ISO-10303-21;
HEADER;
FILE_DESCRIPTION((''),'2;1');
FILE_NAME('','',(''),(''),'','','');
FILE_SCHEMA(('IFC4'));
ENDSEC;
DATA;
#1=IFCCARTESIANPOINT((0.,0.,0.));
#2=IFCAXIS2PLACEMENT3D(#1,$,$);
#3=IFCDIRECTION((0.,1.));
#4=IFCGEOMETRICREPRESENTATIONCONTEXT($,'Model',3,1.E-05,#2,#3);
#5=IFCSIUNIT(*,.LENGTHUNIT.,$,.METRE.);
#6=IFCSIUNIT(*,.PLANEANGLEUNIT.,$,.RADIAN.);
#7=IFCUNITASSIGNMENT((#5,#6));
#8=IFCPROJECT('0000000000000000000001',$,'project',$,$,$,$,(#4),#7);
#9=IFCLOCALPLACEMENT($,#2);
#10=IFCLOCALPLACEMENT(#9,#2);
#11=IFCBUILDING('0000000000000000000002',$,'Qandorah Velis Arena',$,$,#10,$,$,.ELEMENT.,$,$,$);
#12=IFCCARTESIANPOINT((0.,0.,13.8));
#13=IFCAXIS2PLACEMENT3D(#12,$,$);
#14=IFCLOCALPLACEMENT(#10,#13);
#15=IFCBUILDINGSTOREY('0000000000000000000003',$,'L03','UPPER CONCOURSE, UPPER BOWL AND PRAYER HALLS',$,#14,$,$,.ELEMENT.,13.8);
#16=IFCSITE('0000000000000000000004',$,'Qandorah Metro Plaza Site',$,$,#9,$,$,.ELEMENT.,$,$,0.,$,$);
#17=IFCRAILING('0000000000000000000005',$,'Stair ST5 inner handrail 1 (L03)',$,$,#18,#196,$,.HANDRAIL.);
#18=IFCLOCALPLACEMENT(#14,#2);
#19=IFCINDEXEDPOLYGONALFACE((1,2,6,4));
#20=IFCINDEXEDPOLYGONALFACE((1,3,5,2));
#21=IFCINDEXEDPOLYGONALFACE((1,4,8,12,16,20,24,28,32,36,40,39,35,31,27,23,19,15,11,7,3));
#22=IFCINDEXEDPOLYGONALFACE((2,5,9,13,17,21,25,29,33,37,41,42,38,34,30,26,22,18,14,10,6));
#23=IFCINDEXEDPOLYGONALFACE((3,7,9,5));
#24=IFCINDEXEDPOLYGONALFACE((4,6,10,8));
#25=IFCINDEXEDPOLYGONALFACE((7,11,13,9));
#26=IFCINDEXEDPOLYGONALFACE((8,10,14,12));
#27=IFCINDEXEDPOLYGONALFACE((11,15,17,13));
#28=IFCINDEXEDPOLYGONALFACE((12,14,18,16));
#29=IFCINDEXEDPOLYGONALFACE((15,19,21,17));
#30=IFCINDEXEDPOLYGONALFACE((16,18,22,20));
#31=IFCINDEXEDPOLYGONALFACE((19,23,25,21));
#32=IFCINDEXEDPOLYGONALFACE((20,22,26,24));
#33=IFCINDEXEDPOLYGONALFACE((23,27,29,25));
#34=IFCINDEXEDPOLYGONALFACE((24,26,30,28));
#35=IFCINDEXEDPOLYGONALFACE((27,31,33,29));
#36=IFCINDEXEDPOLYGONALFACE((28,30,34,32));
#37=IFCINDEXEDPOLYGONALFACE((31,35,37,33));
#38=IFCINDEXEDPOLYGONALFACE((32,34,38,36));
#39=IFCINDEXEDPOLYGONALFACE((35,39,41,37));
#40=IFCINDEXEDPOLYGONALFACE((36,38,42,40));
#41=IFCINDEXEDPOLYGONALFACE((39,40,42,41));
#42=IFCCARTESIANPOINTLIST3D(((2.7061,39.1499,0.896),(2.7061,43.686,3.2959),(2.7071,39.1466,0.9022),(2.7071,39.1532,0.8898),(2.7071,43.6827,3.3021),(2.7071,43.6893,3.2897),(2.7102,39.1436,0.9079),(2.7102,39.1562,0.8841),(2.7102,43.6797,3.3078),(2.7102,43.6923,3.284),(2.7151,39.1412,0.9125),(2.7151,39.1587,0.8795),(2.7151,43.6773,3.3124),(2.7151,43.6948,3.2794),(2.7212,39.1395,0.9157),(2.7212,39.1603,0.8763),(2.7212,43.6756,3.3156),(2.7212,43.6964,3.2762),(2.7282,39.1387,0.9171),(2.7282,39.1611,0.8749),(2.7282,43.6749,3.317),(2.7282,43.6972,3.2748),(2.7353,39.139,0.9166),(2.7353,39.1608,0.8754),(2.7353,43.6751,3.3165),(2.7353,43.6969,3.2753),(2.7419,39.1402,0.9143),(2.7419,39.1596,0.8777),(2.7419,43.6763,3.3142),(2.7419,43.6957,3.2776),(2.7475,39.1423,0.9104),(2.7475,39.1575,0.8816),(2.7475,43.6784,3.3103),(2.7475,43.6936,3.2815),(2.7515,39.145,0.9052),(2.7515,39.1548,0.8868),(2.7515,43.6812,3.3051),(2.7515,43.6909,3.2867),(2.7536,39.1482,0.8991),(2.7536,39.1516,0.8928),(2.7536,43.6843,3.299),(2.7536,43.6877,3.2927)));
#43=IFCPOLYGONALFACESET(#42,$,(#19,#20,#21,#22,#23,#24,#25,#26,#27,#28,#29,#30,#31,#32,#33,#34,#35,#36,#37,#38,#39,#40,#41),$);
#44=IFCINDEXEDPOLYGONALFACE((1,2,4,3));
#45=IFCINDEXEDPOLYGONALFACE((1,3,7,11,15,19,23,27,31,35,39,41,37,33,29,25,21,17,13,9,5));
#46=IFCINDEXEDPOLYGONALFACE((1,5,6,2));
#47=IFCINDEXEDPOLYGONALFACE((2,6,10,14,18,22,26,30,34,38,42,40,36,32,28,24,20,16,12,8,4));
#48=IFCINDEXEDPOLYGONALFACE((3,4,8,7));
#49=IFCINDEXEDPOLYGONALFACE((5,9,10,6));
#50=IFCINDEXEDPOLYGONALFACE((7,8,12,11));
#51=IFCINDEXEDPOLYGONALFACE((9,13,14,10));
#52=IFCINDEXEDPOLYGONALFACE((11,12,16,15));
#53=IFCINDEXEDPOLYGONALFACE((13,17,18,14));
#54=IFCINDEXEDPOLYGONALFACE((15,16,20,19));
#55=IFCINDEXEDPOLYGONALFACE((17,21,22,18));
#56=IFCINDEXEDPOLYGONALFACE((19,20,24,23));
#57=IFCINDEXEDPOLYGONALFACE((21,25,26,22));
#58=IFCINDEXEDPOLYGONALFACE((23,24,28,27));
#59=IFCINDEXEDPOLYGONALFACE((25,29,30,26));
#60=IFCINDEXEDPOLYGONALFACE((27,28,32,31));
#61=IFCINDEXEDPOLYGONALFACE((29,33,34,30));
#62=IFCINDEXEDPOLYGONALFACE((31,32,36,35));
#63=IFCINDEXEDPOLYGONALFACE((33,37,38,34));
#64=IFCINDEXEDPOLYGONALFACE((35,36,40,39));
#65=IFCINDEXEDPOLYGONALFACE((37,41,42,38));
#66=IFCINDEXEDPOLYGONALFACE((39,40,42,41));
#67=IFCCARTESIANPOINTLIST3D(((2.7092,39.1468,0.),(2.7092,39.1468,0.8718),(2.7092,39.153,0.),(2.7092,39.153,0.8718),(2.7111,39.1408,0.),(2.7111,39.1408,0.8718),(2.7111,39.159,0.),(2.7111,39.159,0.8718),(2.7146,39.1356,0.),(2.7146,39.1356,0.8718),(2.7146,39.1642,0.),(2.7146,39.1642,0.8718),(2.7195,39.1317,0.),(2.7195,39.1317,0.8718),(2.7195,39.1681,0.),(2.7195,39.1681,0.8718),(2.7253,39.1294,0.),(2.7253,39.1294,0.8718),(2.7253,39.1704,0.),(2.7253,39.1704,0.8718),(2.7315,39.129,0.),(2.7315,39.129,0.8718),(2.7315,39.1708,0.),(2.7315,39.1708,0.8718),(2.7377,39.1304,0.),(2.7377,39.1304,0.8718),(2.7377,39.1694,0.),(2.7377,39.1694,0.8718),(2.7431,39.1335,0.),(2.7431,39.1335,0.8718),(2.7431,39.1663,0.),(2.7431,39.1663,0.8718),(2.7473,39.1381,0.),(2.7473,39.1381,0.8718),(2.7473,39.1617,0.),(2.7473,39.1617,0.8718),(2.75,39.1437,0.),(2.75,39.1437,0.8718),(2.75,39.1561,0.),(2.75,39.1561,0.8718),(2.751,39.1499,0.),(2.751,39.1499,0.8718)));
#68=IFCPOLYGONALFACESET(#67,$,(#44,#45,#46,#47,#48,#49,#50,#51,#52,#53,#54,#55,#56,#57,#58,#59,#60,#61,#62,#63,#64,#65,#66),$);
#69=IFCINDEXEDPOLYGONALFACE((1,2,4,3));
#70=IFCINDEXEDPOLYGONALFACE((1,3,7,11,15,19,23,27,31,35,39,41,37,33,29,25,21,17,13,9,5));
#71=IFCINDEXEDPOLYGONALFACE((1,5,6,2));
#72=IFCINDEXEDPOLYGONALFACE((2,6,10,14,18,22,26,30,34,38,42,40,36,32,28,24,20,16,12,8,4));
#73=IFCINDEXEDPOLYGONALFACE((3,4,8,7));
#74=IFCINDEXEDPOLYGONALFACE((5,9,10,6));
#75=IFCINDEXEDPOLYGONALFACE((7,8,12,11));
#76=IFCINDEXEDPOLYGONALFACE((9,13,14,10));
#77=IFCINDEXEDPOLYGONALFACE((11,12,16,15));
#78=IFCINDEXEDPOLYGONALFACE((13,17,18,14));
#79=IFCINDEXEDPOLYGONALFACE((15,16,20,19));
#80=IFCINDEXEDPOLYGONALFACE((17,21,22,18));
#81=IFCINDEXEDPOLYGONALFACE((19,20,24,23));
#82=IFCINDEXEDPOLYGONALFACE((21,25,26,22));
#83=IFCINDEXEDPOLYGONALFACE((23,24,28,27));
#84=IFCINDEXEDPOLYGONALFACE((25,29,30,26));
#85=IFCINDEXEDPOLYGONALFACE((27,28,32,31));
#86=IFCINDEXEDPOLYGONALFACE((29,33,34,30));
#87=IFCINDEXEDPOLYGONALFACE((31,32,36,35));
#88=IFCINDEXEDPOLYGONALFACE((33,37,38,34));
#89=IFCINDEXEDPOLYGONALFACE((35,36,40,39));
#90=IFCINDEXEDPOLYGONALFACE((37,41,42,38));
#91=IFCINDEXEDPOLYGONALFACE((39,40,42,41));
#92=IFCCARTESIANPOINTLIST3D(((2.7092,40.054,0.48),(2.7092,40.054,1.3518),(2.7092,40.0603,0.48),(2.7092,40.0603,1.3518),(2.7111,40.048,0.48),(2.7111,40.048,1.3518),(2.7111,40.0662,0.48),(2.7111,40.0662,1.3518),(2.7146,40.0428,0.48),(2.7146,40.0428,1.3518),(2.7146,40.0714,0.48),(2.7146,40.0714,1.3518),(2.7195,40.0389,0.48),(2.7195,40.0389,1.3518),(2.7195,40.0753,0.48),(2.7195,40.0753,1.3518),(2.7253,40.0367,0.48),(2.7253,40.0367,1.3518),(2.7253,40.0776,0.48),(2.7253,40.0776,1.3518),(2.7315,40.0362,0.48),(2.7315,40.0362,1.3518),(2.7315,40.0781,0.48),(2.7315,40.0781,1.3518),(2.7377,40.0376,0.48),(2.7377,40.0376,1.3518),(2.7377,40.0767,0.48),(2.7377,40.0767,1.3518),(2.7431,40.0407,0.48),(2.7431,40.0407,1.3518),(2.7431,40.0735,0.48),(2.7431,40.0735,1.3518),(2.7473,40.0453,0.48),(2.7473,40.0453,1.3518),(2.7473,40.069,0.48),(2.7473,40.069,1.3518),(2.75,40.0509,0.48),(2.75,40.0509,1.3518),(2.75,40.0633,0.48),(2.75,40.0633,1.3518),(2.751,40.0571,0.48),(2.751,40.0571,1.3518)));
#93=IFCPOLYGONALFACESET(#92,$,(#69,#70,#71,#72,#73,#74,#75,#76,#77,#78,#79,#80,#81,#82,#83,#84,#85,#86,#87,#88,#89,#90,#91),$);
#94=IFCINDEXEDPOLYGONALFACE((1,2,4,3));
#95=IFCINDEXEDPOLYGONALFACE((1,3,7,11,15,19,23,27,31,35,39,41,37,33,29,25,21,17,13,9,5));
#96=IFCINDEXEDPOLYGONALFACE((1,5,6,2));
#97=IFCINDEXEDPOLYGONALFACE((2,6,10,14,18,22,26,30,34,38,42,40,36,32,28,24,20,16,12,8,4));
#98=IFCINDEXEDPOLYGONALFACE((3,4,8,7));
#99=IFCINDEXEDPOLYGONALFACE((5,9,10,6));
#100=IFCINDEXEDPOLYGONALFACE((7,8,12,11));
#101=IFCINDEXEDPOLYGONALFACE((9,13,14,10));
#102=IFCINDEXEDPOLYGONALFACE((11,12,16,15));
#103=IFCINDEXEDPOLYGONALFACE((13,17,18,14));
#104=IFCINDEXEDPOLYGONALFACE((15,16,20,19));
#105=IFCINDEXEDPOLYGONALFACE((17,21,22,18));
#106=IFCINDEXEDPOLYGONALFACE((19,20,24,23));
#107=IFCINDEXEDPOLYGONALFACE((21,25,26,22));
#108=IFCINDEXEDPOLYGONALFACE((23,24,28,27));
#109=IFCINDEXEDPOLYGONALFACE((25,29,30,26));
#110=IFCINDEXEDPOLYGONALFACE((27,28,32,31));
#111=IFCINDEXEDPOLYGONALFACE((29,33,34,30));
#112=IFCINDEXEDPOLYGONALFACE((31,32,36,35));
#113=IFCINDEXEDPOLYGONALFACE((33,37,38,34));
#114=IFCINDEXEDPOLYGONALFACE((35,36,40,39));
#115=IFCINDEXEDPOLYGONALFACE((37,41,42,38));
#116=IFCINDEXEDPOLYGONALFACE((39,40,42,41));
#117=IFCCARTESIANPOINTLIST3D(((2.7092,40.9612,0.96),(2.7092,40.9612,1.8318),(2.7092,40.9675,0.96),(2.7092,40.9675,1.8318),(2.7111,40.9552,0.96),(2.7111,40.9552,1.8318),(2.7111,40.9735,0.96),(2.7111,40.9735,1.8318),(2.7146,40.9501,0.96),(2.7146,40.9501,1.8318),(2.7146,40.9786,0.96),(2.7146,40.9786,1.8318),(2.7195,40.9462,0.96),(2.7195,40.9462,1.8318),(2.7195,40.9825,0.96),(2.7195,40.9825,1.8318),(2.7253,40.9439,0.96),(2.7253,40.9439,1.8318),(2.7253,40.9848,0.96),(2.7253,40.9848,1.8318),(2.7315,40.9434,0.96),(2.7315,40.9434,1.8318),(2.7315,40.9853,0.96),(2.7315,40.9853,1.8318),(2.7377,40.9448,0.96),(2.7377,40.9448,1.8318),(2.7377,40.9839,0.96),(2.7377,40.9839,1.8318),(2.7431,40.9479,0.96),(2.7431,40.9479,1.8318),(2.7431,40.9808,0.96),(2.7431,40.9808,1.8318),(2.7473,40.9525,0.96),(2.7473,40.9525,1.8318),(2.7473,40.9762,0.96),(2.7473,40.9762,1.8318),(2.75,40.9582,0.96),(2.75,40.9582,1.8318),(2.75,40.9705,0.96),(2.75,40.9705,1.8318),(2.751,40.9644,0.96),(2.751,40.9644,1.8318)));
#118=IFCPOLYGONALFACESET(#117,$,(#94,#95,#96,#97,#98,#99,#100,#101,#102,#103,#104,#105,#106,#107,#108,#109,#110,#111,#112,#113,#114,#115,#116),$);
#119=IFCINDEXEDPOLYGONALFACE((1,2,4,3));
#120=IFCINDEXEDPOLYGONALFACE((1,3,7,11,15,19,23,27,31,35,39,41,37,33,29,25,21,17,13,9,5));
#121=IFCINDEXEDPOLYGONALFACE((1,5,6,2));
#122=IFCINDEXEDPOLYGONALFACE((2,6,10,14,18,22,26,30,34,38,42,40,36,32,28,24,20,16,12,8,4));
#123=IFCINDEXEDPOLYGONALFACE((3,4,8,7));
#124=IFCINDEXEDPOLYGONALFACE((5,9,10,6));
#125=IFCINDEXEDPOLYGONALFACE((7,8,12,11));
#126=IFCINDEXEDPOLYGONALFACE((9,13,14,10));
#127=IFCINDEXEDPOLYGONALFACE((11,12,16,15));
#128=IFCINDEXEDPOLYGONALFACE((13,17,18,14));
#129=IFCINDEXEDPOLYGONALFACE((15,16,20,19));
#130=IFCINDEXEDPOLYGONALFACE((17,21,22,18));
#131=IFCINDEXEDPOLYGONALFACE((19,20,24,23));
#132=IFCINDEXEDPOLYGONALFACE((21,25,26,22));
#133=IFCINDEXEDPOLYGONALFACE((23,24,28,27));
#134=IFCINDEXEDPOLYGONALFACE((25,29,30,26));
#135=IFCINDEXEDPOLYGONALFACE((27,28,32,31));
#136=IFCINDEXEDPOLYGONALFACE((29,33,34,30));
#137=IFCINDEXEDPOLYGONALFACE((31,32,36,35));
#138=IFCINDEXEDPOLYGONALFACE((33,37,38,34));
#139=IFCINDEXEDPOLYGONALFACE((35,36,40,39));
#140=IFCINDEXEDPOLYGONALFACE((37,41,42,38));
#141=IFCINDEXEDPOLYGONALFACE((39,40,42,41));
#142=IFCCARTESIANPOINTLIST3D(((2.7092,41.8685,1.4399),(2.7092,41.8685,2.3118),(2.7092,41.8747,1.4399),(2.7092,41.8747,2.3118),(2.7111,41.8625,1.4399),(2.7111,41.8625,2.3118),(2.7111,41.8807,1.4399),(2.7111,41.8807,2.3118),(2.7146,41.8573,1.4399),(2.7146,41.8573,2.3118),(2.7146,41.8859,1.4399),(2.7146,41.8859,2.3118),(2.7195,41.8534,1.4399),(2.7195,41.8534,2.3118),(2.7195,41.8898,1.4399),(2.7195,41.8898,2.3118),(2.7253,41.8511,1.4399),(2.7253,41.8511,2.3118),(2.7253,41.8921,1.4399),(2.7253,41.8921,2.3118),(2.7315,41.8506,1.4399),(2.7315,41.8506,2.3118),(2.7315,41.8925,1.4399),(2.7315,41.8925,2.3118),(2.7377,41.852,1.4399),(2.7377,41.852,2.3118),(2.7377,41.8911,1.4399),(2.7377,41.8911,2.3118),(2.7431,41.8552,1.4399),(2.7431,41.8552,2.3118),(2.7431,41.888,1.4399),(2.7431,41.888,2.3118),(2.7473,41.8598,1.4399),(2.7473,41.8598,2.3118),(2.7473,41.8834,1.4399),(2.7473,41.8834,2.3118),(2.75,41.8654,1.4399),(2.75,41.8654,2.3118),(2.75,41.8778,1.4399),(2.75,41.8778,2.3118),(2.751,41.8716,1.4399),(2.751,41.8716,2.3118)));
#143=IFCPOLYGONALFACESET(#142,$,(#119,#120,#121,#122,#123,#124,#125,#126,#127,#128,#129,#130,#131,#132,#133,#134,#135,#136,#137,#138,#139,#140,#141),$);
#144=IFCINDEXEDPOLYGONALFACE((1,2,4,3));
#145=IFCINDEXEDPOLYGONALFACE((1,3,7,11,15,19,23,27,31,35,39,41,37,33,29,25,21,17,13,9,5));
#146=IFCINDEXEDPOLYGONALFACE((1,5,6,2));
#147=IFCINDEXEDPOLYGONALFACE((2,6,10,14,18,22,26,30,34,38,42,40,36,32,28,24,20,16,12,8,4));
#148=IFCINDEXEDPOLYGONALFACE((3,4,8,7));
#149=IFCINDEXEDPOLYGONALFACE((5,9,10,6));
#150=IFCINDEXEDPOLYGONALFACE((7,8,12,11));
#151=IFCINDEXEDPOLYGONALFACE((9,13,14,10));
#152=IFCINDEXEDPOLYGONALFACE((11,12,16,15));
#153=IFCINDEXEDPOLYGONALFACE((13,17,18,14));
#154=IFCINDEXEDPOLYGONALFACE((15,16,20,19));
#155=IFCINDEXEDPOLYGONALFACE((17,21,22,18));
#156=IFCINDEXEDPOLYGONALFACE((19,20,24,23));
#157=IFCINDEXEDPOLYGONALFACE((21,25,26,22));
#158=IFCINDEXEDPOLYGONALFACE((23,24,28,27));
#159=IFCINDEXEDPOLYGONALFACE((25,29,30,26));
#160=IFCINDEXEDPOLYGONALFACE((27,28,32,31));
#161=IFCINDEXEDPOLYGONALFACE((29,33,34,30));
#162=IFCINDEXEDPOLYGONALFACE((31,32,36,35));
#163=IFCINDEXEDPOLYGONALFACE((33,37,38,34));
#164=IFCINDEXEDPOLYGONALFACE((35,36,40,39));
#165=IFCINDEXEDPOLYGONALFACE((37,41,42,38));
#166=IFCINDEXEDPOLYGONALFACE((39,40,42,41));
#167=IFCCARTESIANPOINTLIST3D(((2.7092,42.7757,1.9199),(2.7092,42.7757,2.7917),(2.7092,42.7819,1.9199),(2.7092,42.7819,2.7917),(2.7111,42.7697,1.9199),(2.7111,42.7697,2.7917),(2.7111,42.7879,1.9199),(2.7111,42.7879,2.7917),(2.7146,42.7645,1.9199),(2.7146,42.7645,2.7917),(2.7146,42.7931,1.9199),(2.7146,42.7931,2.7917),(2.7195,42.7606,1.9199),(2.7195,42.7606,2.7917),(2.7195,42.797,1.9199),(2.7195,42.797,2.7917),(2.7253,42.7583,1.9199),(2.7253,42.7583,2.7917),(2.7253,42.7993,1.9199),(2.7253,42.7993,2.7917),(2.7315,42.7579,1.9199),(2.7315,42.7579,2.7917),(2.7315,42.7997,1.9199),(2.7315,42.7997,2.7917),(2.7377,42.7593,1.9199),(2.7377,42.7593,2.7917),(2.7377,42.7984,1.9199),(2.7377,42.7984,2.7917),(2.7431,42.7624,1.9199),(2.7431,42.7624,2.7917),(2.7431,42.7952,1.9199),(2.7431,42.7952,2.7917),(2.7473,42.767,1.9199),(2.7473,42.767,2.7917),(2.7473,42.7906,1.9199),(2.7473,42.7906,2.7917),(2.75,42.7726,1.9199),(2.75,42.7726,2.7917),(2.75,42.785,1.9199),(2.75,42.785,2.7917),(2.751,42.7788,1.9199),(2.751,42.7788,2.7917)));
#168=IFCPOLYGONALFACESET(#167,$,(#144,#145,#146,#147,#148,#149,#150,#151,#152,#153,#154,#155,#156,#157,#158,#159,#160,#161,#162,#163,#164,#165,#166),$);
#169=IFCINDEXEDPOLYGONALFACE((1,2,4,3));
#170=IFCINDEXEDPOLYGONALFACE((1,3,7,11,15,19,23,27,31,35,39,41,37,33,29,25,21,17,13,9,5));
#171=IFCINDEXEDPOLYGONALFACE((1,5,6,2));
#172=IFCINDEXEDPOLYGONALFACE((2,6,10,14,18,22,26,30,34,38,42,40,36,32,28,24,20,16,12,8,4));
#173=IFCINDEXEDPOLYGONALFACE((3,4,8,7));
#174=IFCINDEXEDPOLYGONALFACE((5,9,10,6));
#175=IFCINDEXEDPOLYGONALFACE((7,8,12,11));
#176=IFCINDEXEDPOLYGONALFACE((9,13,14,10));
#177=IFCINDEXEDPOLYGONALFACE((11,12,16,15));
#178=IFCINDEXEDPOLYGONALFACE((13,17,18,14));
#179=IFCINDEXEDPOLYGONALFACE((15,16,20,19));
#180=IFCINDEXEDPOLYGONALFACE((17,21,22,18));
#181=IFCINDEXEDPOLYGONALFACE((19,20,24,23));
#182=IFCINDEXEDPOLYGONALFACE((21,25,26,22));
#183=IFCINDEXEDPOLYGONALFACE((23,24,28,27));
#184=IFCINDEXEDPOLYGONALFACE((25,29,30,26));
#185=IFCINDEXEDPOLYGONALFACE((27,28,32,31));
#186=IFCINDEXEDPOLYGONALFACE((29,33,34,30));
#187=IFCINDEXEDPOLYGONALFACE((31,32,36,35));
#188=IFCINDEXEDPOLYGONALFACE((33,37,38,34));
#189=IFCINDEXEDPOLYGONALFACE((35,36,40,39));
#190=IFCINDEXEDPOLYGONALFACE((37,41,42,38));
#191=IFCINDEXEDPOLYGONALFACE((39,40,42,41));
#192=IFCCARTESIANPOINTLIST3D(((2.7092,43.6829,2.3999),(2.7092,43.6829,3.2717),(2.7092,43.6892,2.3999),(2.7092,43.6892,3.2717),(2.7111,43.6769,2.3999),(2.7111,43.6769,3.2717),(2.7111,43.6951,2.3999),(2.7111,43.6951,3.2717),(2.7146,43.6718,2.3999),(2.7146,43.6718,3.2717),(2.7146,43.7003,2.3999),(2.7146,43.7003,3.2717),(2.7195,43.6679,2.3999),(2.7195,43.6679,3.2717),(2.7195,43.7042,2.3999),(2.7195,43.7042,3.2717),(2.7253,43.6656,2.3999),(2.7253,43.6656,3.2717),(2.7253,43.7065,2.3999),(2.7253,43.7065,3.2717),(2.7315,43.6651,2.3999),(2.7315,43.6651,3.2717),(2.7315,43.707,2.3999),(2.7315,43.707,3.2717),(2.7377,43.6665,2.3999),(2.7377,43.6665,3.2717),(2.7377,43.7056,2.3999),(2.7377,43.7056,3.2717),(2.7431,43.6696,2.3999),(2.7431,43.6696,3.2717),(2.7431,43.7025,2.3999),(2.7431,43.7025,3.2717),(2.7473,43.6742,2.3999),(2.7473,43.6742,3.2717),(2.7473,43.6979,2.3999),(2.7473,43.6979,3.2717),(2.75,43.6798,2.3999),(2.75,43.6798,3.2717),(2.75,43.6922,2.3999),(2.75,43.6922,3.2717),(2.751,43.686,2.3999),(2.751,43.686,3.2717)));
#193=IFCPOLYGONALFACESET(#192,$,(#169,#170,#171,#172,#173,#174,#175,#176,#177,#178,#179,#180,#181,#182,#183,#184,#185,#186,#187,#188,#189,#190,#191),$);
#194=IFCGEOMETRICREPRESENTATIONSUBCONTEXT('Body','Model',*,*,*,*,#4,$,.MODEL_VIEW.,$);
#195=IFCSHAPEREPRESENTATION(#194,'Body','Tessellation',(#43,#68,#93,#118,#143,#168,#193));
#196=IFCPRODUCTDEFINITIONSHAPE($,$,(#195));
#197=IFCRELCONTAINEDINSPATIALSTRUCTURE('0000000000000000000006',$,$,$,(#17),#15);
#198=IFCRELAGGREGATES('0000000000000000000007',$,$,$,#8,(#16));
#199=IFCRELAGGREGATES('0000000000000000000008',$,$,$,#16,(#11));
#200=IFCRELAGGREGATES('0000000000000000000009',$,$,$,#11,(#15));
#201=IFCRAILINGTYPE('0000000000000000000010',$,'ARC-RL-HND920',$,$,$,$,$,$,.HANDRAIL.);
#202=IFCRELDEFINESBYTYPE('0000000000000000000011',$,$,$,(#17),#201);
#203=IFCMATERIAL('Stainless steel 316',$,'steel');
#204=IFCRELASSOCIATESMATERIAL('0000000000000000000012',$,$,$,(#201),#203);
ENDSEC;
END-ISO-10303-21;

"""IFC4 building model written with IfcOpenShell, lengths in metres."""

from ifc_helpers import new_model, si_unit, direction, frame, origin, origin_2d, place, context, subcontext, project, spatial, circle, extrude, material, type_object, element, save


model = new_model("IFC4")

# Units and contexts
model_context = context("Model", 3, precision=1e-05, world=origin(), true_north=direction((0.0, 1.0)))
body_context = subcontext(model_context, "Body", "Model", "MODEL_VIEW")
ifc_project = project(units=[si_unit("LENGTHUNIT", "METRE"), si_unit("PLANEANGLEUNIT", "RADIAN")], contexts=[model_context])

# Site, building, storey
site_placement = place(None, origin())
site = spatial("IfcSite", under=ifc_project, at=site_placement, Name="Qandorah Metro Plaza Site", CompositionType="ELEMENT", RefElevation=0.0)
building_placement = place(site_placement, origin())
building = spatial("IfcBuilding", under=site, at=building_placement, Name="Qandorah Velis Arena", CompositionType="ELEMENT")
storey_placement = place(building_placement, frame((0.0, 0.0, 13.8)))
storey = spatial("IfcBuildingStorey", under=building, at=storey_placement, Name="L03", Description="UPPER CONCOURSE, UPPER BOWL AND PRAYER HALLS", CompositionType="ELEMENT", Elevation=13.8)

# Railing
ifc_material_1 = material(Name="Stainless steel 316", Category="steel")
railing_type_1 = type_object("IfcRailingType", Name="ARC-RL-HND920", PredefinedType="HANDRAIL", material=ifc_material_1)
railing_1_placement = place(storey_placement, frame((2.73, 39.1499, 0.0)))
element("IfcRailing", 1, at=railing_1_placement, inside=storey, type_object=railing_type_1, Name="Stair ST5 inner handrail 1 (L03)", PredefinedType="HANDRAIL", context=body_context, shape_type="SweptSolid", body=[
    extrude(circle(Radius=0.0239, at=origin_2d()), frame((0.0, 0.0, 0.896), z_axis=(0.0, 0.883915, 0.467647), x_axis=(-1.0, 0.0, 0.0)), (0.0, 0.0, 1.0), 5.1318),
    extrude(circle(Radius=0.021, at=origin_2d()), origin(), (0.0, 0.0, 1.0), 0.8718),
    extrude(circle(Radius=0.021, at=origin_2d()), frame((0.0, 0.9072, 0.48)), (0.0, 0.0, 1.0), 0.8718),
    extrude(circle(Radius=0.021, at=origin_2d()), frame((0.0, 1.8145, 0.96)), (0.0, 0.0, 1.0), 0.8718),
    extrude(circle(Radius=0.021, at=origin_2d()), frame((0.0, 2.7217, 1.4399)), (0.0, 0.0, 1.0), 0.8718),
    extrude(circle(Radius=0.021, at=origin_2d()), frame((0.0, 3.6289, 1.9199)), (0.0, 0.0, 1.0), 0.8718),
    extrude(circle(Radius=0.021, at=origin_2d()), frame((0.0, 4.5361, 2.3999)), (0.0, 0.0, 1.0), 0.8718),
])

save(model, "model.ifc")
